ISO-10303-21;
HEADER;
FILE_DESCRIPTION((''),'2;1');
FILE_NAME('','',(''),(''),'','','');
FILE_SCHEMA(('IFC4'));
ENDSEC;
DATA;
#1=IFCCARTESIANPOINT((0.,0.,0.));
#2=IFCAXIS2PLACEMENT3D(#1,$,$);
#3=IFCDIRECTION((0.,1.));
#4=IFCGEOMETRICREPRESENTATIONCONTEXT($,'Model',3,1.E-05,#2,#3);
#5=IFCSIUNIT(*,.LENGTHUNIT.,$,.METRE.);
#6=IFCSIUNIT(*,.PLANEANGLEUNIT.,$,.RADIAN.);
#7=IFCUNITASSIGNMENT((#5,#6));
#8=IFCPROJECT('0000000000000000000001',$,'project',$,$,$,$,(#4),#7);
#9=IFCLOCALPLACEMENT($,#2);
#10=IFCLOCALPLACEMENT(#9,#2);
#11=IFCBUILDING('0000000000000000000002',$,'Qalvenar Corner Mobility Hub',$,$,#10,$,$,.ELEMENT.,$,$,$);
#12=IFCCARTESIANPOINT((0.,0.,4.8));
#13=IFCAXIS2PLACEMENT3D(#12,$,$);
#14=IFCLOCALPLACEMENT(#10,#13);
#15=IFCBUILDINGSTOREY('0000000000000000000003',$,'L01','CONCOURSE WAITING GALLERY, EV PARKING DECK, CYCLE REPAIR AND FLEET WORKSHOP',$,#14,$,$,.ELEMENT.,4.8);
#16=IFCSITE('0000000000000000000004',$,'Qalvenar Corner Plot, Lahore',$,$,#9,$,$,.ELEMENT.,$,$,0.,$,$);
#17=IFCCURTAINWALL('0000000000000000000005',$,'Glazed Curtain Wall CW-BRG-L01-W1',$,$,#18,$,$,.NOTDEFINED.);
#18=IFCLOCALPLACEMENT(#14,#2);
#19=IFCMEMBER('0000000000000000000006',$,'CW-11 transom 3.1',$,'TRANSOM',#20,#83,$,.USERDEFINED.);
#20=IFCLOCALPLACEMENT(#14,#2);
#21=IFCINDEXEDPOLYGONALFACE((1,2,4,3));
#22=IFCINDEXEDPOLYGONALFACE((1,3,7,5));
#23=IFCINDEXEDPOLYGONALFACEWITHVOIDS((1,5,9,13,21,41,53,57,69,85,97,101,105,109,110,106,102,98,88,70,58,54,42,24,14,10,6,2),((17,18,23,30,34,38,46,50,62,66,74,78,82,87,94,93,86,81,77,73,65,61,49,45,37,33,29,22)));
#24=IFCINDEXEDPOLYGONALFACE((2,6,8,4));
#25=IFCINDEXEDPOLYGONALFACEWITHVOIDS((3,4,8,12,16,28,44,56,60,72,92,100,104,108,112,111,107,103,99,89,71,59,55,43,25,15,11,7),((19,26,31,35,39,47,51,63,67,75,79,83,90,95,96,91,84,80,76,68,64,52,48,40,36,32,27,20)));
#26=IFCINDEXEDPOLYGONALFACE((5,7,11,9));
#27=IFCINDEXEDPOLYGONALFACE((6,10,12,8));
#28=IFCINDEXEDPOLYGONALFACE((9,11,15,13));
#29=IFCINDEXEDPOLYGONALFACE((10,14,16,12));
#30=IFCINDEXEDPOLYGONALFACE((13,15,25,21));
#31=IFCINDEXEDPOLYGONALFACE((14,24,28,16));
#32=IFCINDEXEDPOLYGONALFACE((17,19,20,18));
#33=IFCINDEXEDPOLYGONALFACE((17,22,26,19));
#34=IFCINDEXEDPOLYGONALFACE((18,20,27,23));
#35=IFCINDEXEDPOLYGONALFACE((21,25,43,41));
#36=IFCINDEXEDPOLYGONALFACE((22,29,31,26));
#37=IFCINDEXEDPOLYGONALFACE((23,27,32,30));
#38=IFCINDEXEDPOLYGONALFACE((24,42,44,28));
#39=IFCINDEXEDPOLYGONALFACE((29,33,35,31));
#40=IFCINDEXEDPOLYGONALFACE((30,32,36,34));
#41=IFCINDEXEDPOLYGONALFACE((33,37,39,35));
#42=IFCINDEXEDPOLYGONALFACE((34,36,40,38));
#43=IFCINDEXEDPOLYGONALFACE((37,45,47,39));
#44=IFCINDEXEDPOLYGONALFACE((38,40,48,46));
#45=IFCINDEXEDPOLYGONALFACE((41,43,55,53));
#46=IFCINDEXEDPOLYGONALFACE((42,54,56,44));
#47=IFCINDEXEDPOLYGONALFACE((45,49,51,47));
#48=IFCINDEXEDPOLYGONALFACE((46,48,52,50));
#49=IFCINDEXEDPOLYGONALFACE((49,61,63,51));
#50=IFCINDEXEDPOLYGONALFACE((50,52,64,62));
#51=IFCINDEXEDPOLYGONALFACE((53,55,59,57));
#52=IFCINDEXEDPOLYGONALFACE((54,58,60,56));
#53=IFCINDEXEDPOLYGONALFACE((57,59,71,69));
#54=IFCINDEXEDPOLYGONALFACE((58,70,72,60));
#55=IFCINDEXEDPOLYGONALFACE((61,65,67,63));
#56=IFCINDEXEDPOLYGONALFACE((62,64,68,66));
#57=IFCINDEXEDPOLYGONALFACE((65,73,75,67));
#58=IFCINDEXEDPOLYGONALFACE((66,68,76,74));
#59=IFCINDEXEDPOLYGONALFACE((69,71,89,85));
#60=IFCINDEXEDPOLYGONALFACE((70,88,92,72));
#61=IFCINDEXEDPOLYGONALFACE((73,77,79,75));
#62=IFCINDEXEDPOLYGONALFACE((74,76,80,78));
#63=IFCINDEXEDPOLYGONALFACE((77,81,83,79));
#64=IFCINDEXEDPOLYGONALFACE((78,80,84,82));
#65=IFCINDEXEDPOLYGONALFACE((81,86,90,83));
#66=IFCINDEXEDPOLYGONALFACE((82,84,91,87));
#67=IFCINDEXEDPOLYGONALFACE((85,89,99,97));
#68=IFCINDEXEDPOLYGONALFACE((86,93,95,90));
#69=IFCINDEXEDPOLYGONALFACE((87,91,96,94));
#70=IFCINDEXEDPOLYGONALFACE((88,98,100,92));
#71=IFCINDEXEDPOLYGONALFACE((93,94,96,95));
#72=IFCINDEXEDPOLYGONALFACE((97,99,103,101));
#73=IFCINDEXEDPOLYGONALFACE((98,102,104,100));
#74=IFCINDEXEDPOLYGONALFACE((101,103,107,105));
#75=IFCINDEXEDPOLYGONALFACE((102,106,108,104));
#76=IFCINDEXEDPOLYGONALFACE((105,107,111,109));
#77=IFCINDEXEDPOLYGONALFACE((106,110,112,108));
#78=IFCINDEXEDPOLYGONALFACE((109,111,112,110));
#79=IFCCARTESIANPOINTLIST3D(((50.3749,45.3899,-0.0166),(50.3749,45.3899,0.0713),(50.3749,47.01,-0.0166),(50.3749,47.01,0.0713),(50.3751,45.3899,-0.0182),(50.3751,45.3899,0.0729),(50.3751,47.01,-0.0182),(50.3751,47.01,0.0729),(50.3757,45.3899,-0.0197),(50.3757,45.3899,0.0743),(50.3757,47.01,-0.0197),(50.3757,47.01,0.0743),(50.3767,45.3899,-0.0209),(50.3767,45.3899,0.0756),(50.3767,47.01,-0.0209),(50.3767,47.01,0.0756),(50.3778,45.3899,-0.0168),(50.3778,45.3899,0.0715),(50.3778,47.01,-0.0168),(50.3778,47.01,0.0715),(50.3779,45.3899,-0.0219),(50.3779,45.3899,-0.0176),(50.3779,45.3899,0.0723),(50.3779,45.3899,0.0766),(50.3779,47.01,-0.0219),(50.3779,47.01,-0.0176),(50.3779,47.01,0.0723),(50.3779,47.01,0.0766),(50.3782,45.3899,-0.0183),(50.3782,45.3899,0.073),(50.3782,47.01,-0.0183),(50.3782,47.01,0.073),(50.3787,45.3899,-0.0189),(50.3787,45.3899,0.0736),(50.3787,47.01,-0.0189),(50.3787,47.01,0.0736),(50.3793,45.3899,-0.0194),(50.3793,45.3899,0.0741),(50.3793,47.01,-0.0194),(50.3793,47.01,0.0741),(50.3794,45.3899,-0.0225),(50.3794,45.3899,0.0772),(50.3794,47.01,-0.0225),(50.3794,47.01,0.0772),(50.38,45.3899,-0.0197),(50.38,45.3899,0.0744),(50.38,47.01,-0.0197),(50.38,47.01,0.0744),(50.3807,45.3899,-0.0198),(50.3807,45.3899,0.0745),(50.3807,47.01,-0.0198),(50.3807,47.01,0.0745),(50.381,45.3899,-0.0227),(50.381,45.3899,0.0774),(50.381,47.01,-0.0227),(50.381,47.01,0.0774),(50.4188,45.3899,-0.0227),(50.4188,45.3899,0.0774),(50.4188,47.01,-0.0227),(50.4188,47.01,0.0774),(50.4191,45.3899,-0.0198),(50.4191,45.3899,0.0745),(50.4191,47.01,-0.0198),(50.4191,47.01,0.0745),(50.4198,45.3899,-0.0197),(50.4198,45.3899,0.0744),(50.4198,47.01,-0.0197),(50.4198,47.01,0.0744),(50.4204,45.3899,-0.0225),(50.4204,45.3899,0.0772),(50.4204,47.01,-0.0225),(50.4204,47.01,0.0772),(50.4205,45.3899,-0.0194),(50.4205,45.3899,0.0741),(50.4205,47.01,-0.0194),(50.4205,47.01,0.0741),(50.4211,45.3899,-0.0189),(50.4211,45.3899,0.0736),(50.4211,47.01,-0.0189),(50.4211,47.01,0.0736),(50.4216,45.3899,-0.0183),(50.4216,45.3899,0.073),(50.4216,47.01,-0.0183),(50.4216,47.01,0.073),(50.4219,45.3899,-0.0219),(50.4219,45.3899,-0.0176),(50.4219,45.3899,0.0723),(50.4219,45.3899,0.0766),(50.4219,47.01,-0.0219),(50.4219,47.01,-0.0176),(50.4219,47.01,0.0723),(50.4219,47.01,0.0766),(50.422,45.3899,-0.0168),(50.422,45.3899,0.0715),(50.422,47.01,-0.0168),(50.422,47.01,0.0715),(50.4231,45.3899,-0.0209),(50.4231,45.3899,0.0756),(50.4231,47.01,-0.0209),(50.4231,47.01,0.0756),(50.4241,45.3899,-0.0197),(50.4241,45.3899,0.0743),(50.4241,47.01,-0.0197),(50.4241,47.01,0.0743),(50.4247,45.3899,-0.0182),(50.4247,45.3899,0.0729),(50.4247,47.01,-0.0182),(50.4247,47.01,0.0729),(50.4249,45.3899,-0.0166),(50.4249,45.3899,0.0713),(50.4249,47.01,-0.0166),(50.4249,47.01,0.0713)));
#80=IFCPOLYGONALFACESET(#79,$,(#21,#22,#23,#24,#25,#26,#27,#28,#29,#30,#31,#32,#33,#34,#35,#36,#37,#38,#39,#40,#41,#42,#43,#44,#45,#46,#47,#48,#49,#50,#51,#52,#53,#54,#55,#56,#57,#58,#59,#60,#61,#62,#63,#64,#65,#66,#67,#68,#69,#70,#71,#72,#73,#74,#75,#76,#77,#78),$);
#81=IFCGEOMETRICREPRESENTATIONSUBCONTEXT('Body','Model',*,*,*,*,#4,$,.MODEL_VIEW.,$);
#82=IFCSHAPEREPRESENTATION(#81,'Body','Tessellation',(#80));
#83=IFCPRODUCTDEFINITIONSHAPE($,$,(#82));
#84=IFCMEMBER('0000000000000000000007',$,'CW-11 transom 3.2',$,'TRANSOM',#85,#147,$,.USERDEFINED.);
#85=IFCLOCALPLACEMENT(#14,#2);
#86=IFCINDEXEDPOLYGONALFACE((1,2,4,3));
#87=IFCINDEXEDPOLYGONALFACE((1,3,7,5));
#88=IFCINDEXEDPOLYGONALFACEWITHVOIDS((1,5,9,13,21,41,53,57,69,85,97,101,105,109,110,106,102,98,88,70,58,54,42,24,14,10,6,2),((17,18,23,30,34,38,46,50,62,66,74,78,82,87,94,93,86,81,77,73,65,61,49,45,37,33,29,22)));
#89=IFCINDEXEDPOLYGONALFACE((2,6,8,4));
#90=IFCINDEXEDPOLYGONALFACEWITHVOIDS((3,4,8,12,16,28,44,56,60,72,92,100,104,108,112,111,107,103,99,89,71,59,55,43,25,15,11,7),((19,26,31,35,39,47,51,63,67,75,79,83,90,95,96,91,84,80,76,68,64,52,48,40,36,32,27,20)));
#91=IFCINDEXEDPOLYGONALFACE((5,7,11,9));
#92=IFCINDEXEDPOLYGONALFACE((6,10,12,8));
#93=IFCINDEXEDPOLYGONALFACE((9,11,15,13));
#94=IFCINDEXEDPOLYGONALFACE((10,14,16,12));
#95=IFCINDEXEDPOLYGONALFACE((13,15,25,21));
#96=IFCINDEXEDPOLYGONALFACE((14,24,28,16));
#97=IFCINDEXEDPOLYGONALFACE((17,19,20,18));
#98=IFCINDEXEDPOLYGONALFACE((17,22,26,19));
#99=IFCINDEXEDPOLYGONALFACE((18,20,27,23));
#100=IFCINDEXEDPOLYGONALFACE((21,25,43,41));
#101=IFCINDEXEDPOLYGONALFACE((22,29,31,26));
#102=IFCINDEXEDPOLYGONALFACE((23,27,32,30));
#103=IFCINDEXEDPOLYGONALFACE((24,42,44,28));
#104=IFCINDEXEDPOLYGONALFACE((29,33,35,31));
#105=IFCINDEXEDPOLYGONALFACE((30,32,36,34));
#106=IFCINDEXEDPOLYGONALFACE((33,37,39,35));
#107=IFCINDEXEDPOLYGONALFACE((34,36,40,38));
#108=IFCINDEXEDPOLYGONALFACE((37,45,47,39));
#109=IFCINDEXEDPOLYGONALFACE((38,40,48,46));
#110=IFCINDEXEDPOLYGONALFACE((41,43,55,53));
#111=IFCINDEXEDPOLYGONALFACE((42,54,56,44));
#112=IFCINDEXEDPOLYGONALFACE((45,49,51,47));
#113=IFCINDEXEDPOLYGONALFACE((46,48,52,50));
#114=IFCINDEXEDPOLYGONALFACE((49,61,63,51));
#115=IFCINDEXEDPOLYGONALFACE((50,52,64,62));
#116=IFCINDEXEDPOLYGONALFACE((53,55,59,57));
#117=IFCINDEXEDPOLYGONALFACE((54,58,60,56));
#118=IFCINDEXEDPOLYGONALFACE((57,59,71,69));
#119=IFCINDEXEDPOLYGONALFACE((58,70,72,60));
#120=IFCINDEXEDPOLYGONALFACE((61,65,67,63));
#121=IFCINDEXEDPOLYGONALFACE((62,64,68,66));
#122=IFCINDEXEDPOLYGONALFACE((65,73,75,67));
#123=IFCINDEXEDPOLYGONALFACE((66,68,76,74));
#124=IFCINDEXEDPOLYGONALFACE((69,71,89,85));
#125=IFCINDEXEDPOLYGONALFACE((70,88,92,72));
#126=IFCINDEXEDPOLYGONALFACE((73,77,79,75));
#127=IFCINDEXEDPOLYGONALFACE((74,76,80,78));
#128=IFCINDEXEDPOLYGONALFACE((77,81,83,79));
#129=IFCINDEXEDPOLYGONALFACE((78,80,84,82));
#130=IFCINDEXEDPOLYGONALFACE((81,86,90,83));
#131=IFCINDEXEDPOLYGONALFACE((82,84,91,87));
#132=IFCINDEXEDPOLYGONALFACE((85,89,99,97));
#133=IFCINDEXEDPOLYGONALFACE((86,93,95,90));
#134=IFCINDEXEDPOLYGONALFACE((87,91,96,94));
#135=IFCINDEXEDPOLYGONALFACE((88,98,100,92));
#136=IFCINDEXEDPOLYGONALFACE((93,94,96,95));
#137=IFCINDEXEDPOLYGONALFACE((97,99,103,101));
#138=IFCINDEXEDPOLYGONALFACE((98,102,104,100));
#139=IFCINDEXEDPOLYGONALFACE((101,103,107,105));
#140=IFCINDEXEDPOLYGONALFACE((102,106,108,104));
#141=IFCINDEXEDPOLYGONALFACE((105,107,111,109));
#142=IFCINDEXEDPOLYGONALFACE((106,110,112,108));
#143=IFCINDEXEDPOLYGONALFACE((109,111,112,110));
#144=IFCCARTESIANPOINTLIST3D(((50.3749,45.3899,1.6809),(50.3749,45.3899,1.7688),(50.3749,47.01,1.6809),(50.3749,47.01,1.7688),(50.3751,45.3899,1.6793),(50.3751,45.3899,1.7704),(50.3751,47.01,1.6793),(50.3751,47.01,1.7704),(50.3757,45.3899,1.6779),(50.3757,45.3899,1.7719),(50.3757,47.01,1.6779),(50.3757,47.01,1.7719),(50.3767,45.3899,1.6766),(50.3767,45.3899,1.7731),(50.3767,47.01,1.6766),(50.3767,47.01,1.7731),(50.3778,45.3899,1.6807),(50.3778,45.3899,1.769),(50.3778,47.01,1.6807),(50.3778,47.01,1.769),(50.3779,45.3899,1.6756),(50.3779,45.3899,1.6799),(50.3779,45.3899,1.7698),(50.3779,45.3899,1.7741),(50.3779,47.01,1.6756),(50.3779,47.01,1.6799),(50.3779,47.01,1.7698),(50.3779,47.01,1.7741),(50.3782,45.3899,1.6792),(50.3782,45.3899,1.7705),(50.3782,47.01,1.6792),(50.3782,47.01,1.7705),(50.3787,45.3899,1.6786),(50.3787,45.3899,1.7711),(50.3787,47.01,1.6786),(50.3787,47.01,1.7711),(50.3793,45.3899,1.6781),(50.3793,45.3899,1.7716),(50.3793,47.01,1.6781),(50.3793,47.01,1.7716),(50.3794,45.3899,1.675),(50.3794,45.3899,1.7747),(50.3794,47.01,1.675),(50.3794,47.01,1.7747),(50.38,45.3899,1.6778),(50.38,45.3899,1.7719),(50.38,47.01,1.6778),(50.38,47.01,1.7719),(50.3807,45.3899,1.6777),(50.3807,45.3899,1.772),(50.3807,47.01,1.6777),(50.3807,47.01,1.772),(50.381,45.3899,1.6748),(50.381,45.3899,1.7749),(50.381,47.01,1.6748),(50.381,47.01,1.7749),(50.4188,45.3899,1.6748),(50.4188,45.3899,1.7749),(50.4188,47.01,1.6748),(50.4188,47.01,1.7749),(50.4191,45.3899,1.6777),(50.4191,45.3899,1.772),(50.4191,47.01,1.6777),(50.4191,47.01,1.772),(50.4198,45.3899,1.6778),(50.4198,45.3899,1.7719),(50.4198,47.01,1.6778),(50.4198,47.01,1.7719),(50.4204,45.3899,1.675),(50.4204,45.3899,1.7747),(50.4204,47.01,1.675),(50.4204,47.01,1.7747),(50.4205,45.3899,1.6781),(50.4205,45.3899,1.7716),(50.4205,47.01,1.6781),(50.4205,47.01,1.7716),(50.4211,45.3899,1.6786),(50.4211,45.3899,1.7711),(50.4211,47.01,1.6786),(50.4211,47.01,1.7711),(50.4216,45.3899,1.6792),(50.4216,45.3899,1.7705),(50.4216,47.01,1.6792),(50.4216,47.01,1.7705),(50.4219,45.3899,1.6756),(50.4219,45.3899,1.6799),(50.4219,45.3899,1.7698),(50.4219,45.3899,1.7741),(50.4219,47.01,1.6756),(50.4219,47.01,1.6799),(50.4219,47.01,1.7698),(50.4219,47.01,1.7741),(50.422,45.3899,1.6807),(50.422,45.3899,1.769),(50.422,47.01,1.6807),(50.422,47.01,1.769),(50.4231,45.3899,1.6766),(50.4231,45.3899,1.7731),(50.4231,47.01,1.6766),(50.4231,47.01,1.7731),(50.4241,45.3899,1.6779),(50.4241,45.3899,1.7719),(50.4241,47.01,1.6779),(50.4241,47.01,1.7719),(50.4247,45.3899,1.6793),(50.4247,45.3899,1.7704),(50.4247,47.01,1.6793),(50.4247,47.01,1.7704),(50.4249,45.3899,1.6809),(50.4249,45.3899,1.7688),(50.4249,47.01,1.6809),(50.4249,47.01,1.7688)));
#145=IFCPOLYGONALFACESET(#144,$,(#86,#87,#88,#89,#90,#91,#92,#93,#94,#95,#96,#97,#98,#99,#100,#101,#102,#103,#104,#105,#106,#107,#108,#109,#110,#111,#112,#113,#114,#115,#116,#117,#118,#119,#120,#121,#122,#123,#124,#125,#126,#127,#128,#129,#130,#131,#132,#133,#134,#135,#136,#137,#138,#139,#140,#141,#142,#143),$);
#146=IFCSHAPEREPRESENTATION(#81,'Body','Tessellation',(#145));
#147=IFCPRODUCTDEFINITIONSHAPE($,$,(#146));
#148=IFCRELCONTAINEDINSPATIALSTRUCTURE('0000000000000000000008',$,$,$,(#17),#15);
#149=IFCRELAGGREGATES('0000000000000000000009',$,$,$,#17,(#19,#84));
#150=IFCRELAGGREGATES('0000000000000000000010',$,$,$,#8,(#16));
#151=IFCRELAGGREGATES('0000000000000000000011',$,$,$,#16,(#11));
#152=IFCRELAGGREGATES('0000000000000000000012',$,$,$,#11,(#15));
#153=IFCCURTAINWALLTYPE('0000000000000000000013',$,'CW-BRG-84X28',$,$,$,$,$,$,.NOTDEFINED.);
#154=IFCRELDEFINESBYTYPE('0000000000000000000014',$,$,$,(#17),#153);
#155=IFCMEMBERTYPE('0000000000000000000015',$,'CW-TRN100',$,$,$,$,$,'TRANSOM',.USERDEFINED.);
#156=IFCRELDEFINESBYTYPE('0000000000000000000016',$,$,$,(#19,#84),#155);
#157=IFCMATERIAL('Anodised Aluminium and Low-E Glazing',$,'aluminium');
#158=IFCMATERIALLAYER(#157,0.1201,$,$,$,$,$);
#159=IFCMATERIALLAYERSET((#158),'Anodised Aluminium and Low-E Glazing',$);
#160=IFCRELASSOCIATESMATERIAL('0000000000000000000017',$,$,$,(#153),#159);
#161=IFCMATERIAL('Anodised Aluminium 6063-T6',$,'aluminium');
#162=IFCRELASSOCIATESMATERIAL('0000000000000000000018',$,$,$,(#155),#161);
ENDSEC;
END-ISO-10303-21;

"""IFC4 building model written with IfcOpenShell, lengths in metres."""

from ifc_helpers import new_model, si_unit, direction, frame, origin, origin_2d, place, context, subcontext, project, spatial, hollow_rectangle, extrude, material, layer, layer_set, material_profile, profile_set, type_object, element, aggregate, save


model = new_model("IFC4")

# Units and contexts
model_context = context("Model", 3, precision=1e-05, world=origin(), true_north=direction((0.0, 1.0)))
body_context = subcontext(model_context, "Body", "Model", "MODEL_VIEW")
ifc_project = project(units=[si_unit("LENGTHUNIT", "METRE"), si_unit("PLANEANGLEUNIT", "RADIAN")], contexts=[model_context])

# Site, building, storey
site_placement = place(None, origin())
site = spatial("IfcSite", under=ifc_project, at=site_placement, Name="Qalvenar Corner Plot, Lahore", CompositionType="ELEMENT", RefElevation=0.0)
building_placement = place(site_placement, origin())
building = spatial("IfcBuilding", under=site, at=building_placement, Name="Qalvenar Corner Mobility Hub", CompositionType="ELEMENT")
storey_placement = place(building_placement, frame((0.0, 0.0, 4.8)))
storey = spatial("IfcBuildingStorey", under=building, at=storey_placement, Name="L01", Description="CONCOURSE WAITING GALLERY, EV PARKING DECK, CYCLE REPAIR AND FLEET WORKSHOP", CompositionType="ELEMENT", Elevation=4.8)

# Curtain wall, members
ifc_material_1 = material(Name="Anodised Aluminium and Low-E Glazing", Category="aluminium")
ifc_layer_1 = layer(ifc_material_1, 0.1201)
ifc_layer_set_1 = layer_set([ifc_layer_1], Name="Anodised Aluminium and Low-E Glazing")
curtain_wall_type = type_object("IfcCurtainWallType", Name="CW-BRG-84X28", PredefinedType="NOTDEFINED", material=ifc_layer_set_1)
curtain_wall_placement = place(storey_placement, origin())
curtain_wall = element("IfcCurtainWall", 1, at=curtain_wall_placement, inside=storey, type_object=curtain_wall_type, Name="Glazed Curtain Wall CW-BRG-L01-W1", PredefinedType="NOTDEFINED")
ifc_material_2 = material(Name="Anodised Aluminium 6063-T6", Category="aluminium")
ifc_material_profile_1 = material_profile(ifc_material_2, hollow_rectangle(XDim=0.05, YDim=0.1001, WallThickness=0.0029, InnerFilletRadius=0.0029, OuterFilletRadius=0.0061, at=origin_2d()), Name="RHS100x50x3")
ifc_profile_set_1 = profile_set([ifc_material_profile_1], Name="Anodised Aluminium 6063-T6")
member_type_1 = type_object("IfcMemberType", Name="CW-TRN100", ElementType="TRANSOM", PredefinedType="USERDEFINED", material=ifc_profile_set_1)
member_1_placement = place(storey_placement, frame((50.3999, 47.01, 0.0273), z_axis=(0.0, -1.0, 0.0), x_axis=(1.0, 0.0, 0.0)))
member_1 = element("IfcMember", 2, at=member_1_placement, type_object=member_type_1, Name="CW-11 transom 3.1", ObjectType="TRANSOM", PredefinedType="USERDEFINED", context=body_context, shape_type="SweptSolid", body=[
    extrude(hollow_rectangle(XDim=0.05, YDim=0.1001, WallThickness=0.0029, InnerFilletRadius=0.0029, OuterFilletRadius=0.0061, at=origin_2d()), origin(), (0.0, 0.0, 1.0), 1.6201),
])
member_2_placement = place(storey_placement, frame((50.3999, 47.01, 1.7249), z_axis=(0.0, -1.0, 0.0), x_axis=(1.0, 0.0, 0.0)))
member_2 = element("IfcMember", 3, at=member_2_placement, type_object=member_type_1, Name="CW-11 transom 3.2", ObjectType="TRANSOM", PredefinedType="USERDEFINED", context=body_context, shape_type="SweptSolid", body=[
    extrude(hollow_rectangle(XDim=0.05, YDim=0.1001, WallThickness=0.0029, InnerFilletRadius=0.0029, OuterFilletRadius=0.0061, at=origin_2d()), origin(), (0.0, 0.0, 1.0), 1.6201),
])
aggregate(curtain_wall, [member_1, member_2])

save(model, "model.ifc")
